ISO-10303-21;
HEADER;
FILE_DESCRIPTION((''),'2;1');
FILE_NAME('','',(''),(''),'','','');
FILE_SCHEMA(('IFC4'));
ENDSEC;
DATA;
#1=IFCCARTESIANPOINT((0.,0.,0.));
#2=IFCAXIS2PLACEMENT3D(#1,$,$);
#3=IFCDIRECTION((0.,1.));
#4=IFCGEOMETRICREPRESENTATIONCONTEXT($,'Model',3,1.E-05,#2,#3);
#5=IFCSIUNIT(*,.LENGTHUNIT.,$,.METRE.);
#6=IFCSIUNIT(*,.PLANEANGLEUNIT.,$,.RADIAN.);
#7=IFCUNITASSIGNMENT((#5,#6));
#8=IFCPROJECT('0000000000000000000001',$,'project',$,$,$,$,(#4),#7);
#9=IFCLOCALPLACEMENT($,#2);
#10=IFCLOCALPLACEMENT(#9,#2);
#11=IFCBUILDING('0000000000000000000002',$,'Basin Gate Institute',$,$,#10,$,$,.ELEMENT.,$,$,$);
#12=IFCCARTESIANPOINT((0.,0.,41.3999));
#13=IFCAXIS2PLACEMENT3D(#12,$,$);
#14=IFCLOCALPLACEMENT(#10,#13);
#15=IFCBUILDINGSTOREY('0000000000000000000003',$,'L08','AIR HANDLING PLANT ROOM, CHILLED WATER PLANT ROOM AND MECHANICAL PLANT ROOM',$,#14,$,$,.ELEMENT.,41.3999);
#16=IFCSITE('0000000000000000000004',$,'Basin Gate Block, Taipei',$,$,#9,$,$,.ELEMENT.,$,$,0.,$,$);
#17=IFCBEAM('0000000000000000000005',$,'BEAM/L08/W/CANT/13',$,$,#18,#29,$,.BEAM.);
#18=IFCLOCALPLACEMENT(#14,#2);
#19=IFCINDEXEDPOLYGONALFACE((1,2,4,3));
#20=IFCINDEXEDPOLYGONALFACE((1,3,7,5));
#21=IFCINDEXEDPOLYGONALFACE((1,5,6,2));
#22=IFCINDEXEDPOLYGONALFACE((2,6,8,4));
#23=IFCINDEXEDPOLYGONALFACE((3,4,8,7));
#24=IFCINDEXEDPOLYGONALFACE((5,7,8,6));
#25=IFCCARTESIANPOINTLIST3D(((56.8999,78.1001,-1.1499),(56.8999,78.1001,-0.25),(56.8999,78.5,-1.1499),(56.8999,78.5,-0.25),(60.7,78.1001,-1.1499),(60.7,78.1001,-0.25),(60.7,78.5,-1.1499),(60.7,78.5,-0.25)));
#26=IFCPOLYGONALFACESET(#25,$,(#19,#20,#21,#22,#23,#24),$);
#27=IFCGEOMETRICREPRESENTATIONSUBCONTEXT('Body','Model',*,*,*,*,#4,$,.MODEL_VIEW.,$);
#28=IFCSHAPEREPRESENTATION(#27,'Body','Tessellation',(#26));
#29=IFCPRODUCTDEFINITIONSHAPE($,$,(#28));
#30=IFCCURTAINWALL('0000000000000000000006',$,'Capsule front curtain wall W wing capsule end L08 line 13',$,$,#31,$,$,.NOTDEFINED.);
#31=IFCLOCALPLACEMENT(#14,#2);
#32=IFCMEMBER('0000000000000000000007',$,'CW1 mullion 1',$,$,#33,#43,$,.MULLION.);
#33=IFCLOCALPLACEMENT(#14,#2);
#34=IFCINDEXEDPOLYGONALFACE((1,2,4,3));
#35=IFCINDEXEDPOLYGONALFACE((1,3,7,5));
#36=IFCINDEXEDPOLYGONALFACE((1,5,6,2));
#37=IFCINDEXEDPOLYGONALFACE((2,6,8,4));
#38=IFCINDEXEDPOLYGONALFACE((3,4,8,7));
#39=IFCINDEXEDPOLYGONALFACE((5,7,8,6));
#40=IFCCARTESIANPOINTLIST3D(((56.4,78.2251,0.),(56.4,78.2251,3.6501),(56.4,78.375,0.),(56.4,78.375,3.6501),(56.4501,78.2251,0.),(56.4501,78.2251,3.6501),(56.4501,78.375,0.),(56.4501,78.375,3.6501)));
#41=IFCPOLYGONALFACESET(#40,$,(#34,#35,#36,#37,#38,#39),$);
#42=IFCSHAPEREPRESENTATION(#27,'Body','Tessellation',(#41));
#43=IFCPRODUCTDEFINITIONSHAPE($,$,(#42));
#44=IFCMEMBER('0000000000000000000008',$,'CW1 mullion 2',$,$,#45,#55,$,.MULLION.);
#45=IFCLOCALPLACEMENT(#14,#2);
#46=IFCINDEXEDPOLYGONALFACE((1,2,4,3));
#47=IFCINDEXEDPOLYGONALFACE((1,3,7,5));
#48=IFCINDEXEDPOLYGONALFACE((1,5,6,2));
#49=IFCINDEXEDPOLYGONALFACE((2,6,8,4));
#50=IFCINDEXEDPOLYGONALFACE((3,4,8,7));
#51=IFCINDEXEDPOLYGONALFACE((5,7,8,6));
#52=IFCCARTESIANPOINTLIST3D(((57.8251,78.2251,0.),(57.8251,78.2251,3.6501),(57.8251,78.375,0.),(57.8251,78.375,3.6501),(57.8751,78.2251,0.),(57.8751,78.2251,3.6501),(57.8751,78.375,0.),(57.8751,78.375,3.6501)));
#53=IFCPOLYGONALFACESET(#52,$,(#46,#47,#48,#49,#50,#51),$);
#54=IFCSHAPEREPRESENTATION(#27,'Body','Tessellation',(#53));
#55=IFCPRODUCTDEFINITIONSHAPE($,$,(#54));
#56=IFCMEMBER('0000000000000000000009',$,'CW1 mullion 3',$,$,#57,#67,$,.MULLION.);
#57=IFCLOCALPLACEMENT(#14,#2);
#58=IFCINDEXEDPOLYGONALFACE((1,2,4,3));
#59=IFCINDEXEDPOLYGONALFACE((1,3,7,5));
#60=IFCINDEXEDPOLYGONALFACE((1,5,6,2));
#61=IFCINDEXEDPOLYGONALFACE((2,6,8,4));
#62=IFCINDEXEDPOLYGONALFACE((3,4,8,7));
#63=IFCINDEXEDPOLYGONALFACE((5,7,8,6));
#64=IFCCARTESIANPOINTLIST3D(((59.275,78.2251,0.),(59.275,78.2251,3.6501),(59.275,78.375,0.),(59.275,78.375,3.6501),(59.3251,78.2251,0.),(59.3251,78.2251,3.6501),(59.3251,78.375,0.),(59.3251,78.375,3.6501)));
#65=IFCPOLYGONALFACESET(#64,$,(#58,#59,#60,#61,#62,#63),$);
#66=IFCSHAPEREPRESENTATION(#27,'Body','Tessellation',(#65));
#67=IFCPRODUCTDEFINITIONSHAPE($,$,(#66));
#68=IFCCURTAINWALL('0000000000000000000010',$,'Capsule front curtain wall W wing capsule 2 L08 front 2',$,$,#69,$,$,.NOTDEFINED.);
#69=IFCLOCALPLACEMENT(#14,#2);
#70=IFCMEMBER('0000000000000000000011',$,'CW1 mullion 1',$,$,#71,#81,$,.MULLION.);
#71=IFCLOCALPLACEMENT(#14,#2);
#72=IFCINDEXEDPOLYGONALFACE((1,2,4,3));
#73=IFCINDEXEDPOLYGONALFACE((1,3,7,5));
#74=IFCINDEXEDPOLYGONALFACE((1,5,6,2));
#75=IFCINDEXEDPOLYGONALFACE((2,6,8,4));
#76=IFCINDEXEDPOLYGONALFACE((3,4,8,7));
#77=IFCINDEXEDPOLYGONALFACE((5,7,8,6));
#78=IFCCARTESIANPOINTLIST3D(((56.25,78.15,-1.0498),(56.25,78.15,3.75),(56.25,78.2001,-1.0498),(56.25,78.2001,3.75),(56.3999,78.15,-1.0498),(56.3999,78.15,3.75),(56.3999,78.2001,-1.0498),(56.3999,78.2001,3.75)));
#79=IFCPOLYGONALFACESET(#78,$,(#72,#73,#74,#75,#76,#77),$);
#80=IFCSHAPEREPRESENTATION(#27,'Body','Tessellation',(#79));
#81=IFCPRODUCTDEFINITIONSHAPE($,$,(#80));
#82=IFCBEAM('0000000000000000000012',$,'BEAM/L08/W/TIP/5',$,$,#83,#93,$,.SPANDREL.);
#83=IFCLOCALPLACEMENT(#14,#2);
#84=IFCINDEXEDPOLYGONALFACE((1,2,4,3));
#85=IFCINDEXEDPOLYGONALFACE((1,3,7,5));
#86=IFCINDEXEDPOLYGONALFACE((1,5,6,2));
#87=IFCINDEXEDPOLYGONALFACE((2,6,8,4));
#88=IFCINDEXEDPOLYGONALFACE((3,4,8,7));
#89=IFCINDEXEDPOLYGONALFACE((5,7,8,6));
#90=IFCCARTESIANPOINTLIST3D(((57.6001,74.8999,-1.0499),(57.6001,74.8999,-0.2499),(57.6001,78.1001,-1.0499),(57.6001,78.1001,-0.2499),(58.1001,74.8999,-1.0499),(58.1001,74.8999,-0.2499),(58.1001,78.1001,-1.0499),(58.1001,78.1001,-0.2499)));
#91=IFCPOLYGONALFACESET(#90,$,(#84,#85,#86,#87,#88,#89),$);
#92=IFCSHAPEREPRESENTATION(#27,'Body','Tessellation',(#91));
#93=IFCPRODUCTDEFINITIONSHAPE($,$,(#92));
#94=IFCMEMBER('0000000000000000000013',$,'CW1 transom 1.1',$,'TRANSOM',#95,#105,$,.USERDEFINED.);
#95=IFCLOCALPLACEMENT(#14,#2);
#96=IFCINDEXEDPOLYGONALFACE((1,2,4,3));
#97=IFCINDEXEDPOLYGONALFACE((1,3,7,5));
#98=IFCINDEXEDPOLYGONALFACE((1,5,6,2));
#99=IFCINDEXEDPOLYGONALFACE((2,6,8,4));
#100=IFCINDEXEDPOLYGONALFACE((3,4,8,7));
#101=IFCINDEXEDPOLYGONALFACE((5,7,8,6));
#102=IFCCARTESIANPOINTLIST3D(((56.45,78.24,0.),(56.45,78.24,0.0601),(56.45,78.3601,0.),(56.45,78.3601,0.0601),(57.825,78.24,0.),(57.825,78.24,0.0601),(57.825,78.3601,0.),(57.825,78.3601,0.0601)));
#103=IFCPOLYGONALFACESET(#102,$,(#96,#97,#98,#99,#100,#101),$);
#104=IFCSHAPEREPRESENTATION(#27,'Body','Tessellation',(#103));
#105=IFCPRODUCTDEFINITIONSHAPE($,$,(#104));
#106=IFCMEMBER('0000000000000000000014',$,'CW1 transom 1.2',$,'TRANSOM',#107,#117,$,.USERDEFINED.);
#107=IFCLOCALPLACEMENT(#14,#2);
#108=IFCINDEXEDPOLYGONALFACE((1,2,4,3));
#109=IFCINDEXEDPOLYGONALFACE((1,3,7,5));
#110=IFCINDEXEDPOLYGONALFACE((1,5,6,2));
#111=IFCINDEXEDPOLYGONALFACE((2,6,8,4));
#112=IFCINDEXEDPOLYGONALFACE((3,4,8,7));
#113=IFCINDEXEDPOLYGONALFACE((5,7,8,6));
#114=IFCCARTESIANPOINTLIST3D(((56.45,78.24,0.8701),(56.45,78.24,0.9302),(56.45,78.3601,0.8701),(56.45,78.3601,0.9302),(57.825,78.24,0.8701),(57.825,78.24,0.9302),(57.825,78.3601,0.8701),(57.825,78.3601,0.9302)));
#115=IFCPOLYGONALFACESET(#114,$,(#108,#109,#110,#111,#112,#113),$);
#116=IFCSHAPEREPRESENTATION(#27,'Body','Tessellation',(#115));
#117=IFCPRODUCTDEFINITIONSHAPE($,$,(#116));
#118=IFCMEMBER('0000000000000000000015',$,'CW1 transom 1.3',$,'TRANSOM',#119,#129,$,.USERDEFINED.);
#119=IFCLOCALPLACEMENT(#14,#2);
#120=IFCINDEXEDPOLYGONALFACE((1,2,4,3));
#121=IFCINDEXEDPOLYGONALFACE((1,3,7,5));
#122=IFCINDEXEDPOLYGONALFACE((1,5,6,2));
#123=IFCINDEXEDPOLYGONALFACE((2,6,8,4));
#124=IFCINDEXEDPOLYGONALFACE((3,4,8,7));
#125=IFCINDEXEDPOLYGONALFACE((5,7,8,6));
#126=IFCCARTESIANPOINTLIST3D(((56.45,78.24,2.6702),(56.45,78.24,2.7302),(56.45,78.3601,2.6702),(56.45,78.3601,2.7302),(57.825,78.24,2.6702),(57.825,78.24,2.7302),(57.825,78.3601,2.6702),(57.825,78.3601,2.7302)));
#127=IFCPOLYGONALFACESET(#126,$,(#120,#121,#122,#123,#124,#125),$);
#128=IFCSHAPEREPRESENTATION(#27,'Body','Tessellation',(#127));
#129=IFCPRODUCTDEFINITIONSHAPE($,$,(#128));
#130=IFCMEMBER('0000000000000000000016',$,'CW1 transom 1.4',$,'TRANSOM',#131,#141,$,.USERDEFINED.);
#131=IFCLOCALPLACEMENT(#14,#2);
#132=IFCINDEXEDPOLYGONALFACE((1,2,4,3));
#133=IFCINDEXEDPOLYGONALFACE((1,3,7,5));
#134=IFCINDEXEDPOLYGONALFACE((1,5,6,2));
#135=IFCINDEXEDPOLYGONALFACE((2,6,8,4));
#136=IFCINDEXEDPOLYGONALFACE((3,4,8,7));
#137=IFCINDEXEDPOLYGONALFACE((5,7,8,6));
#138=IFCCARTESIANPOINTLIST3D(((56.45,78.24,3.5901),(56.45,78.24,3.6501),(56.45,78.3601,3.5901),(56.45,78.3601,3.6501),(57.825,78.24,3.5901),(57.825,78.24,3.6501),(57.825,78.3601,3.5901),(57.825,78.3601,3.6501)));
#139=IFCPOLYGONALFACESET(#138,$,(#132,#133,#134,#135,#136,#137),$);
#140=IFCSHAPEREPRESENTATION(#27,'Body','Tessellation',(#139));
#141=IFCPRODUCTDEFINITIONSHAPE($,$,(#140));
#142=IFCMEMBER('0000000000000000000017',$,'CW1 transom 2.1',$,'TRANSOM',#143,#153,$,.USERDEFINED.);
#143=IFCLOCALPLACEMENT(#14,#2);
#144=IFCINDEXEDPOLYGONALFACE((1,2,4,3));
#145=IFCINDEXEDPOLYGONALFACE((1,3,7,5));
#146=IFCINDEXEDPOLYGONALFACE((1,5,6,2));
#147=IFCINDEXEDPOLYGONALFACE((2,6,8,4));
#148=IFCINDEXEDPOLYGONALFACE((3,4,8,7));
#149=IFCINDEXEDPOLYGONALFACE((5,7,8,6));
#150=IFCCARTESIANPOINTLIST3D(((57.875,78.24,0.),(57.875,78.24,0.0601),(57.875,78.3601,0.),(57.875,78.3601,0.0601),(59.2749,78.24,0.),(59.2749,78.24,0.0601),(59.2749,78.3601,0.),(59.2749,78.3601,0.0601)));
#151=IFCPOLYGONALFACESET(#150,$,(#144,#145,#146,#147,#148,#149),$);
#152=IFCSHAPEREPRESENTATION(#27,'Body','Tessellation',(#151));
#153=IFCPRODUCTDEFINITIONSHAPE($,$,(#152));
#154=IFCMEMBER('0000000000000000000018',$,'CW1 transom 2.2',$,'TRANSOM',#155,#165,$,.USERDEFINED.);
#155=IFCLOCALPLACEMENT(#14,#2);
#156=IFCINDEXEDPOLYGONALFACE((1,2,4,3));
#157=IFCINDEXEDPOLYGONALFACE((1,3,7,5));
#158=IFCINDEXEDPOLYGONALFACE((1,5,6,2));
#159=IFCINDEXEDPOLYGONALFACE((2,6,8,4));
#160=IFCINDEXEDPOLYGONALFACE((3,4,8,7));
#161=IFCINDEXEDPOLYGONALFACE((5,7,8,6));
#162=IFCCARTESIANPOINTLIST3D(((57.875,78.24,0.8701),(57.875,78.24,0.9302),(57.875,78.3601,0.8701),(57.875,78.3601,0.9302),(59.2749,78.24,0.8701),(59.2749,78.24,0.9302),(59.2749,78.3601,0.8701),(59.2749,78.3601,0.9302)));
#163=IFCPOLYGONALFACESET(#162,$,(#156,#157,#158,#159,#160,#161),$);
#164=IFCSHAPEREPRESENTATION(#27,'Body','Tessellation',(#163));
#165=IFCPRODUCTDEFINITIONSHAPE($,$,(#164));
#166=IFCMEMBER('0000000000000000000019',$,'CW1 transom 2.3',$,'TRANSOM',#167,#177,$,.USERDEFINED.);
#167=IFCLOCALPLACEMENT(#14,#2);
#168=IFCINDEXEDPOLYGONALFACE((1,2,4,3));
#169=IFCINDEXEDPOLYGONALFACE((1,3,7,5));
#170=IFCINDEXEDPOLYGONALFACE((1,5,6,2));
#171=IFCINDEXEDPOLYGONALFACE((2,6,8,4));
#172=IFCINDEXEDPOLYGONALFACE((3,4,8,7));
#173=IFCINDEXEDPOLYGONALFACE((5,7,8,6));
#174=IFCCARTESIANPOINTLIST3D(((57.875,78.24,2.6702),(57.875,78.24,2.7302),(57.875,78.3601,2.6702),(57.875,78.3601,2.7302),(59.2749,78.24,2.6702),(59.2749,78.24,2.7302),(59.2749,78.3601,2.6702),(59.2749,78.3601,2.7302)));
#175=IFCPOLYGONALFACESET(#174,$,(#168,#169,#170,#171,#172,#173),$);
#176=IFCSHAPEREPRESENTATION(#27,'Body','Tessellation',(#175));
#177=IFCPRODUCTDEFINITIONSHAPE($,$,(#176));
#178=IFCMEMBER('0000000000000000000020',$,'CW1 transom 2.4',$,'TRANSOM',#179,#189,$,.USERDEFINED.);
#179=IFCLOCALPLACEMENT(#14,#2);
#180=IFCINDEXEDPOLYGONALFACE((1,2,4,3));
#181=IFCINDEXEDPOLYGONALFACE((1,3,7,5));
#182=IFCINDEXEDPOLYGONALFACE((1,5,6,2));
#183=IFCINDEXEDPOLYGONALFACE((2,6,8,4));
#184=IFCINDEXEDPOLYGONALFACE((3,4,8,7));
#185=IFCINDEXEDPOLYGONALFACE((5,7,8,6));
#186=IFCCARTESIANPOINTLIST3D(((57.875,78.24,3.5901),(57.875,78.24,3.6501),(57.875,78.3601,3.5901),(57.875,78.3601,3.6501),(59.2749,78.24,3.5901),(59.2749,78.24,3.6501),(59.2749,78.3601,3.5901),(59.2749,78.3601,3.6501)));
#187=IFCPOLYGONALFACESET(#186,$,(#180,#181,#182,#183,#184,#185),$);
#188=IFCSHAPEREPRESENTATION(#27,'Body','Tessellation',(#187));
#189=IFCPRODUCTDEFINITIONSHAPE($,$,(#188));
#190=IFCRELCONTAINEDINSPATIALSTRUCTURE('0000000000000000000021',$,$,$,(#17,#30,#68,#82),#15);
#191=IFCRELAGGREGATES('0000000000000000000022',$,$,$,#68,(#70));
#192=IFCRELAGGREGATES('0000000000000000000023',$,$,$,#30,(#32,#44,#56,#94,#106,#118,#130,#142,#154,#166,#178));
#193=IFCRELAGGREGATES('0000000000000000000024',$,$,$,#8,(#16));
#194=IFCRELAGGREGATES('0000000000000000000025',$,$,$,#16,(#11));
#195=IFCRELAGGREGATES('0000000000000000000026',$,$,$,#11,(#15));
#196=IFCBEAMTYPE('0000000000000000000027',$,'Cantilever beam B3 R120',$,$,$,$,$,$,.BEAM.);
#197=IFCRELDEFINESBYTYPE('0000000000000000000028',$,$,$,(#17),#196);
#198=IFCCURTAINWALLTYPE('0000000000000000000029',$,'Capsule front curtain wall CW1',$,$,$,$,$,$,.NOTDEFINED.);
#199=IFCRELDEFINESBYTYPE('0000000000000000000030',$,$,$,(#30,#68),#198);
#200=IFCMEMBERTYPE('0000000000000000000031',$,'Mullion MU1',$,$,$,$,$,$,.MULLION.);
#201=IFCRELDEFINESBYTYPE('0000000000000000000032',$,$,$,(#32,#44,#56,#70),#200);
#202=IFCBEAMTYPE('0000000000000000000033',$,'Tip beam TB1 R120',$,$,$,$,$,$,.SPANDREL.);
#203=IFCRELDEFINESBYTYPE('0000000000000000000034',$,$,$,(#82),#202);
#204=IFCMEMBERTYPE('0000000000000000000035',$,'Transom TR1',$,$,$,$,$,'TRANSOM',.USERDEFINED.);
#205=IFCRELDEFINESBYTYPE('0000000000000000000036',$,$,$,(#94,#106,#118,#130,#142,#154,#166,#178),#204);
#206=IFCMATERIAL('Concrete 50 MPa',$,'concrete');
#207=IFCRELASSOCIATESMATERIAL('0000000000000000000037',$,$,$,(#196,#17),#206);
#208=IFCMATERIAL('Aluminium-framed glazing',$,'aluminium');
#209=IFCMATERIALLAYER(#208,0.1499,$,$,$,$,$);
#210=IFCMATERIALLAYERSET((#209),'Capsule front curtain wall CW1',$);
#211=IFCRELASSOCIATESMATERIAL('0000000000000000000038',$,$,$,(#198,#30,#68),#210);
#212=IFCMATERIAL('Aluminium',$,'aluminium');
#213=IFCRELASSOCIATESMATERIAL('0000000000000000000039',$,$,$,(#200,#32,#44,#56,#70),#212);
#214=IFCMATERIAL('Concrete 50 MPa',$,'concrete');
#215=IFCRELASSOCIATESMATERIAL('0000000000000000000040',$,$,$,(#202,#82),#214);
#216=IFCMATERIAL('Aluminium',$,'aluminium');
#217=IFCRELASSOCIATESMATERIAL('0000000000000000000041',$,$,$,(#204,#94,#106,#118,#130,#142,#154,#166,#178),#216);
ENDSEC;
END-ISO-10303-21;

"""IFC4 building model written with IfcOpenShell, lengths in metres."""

from ifc_helpers import new_model, si_unit, direction, frame, origin, origin_2d, place, context, subcontext, project, spatial, rectangle, extrude, material, layer, layer_set, material_profile, profile_set, type_object, element, aggregate, save


model = new_model("IFC4")

# Units and contexts
model_context = context("Model", 3, precision=1e-05, world=origin(), true_north=direction((0.0, 1.0)))
body_context = subcontext(model_context, "Body", "Model", "MODEL_VIEW")
ifc_project = project(units=[si_unit("LENGTHUNIT", "METRE"), si_unit("PLANEANGLEUNIT", "RADIAN")], contexts=[model_context])

# Site, building, storey
site_placement = place(None, origin())
site = spatial("IfcSite", under=ifc_project, at=site_placement, Name="Basin Gate Block, Taipei", CompositionType="ELEMENT", RefElevation=0.0)
building_placement = place(site_placement, origin())
building = spatial("IfcBuilding", under=site, at=building_placement, Name="Basin Gate Institute", CompositionType="ELEMENT")
storey_placement = place(building_placement, frame((0.0, 0.0, 41.3999)))
storey = spatial("IfcBuildingStorey", under=building, at=storey_placement, Name="L08", Description="AIR HANDLING PLANT ROOM, CHILLED WATER PLANT ROOM AND MECHANICAL PLANT ROOM", CompositionType="ELEMENT", Elevation=41.3999)

# Beam
ifc_material_1 = material(Name="Concrete 50 MPa", Category="concrete")
ifc_material_profile_1 = material_profile(ifc_material_1, rectangle(XDim=0.3999, YDim=0.8999, at=origin_2d()), Name="Cantilever beam B3 400 x 900")
ifc_profile_set_1 = profile_set([ifc_material_profile_1], Name="Concrete 50 MPa")
beam_type_1 = type_object("IfcBeamType", Name="Cantilever beam B3 R120", PredefinedType="BEAM", material=ifc_profile_set_1)
beam_1_placement = place(storey_placement, frame((56.8999, 78.3, -0.7), z_axis=(1.0, 0.0, 0.0), x_axis=(0.0, 1.0, 0.0)))
element("IfcBeam", 1, at=beam_1_placement, inside=storey, type_object=beam_type_1, material=ifc_profile_set_1, Name="BEAM/L08/W/CANT/13", PredefinedType="BEAM", context=body_context, shape_type="SweptSolid", body=[
    extrude(rectangle(XDim=0.3999, YDim=0.8999, at=origin_2d()), origin(), (0.0, 0.0, 1.0), 3.8),
])

# Curtain wall, members
ifc_material_2 = material(Name="Aluminium-framed glazing", Category="aluminium")
ifc_layer_1 = layer(ifc_material_2, 0.1499)
ifc_layer_set_1 = layer_set([ifc_layer_1], Name="Capsule front curtain wall CW1")
curtain_wall_type = type_object("IfcCurtainWallType", Name="Capsule front curtain wall CW1", PredefinedType="NOTDEFINED", material=ifc_layer_set_1)
curtain_wall_1_placement = place(storey_placement, origin())
curtain_wall_1 = element("IfcCurtainWall", 2, at=curtain_wall_1_placement, inside=storey, type_object=curtain_wall_type, material=ifc_layer_set_1, Name="Capsule front curtain wall W wing capsule end L08 line 13", PredefinedType="NOTDEFINED")
ifc_material_3 = material(Name="Aluminium", Category="aluminium")
ifc_material_profile_2 = material_profile(ifc_material_3, rectangle(XDim=0.1499, YDim=0.05, at=origin_2d()), Name="Mullion MU1 150 x 50")
ifc_profile_set_2 = profile_set([ifc_material_profile_2], Name="Aluminium")
member_type_1 = type_object("IfcMemberType", Name="Mullion MU1", PredefinedType="MULLION", material=ifc_profile_set_2)
member_1_placement = place(storey_placement, frame((56.425, 78.3, 0.0), z_axis=(0.0, 0.0, 1.0), x_axis=(0.0, 1.0, 0.0)))
member_1 = element("IfcMember", 3, at=member_1_placement, type_object=member_type_1, material=ifc_profile_set_2, Name="CW1 mullion 1", PredefinedType="MULLION", context=body_context, shape_type="SweptSolid", body=[
    extrude(rectangle(XDim=0.1499, YDim=0.05, at=origin_2d()), origin(), (0.0, 0.0, 1.0), 3.6501),
])
member_2_placement = place(storey_placement, frame((57.8501, 78.3, 0.0), z_axis=(0.0, 0.0, 1.0), x_axis=(0.0, 1.0, 0.0)))
member_2 = element("IfcMember", 4, at=member_2_placement, type_object=member_type_1, material=ifc_profile_set_2, Name="CW1 mullion 2", PredefinedType="MULLION", context=body_context, shape_type="SweptSolid", body=[
    extrude(rectangle(XDim=0.1499, YDim=0.05, at=origin_2d()), origin(), (0.0, 0.0, 1.0), 3.6501),
])
member_3_placement = place(storey_placement, frame((59.3, 78.3, 0.0), z_axis=(0.0, 0.0, 1.0), x_axis=(0.0, 1.0, 0.0)))
member_3 = element("IfcMember", 5, at=member_3_placement, type_object=member_type_1, material=ifc_profile_set_2, Name="CW1 mullion 3", PredefinedType="MULLION", context=body_context, shape_type="SweptSolid", body=[
    extrude(rectangle(XDim=0.1499, YDim=0.05, at=origin_2d()), origin(), (0.0, 0.0, 1.0), 3.6501),
])

# Curtain wall, member
curtain_wall_2_placement = place(storey_placement, origin())
curtain_wall_2 = element("IfcCurtainWall", 6, at=curtain_wall_2_placement, inside=storey, type_object=curtain_wall_type, material=ifc_layer_set_1, Name="Capsule front curtain wall W wing capsule 2 L08 front 2", PredefinedType="NOTDEFINED")
member_4_placement = place(storey_placement, frame((56.325, 78.175, -1.0498), z_axis=(0.0, 0.0, 1.0), x_axis=(-1.0, 0.0, 0.0)))
member_4 = element("IfcMember", 7, at=member_4_placement, type_object=member_type_1, material=ifc_profile_set_2, Name="CW1 mullion 1", PredefinedType="MULLION", context=body_context, shape_type="SweptSolid", body=[
    extrude(rectangle(XDim=0.1499, YDim=0.05, at=origin_2d()), origin(), (0.0, 0.0, 1.0), 4.7998),
])

# Beam
ifc_material_4 = material(Name="Concrete 50 MPa", Category="concrete")
ifc_material_profile_3 = material_profile(ifc_material_4, rectangle(XDim=0.5, YDim=0.8, at=origin_2d()), Name="Tip beam TB1 500 x 800")
ifc_profile_set_3 = profile_set([ifc_material_profile_3], Name="Concrete 50 MPa")
beam_type_2 = type_object("IfcBeamType", Name="Tip beam TB1 R120", PredefinedType="SPANDREL", material=ifc_profile_set_3)
beam_2_placement = place(storey_placement, frame((57.8501, 74.8999, -0.6499), z_axis=(0.0, 1.0, 0.0), x_axis=(-1.0, 0.0, 0.0)))
element("IfcBeam", 8, at=beam_2_placement, inside=storey, type_object=beam_type_2, material=ifc_profile_set_3, Name="BEAM/L08/W/TIP/5", PredefinedType="SPANDREL", context=body_context, shape_type="SweptSolid", body=[
    extrude(rectangle(XDim=0.5, YDim=0.8, at=origin_2d()), origin(), (0.0, 0.0, 1.0), 3.2002),
])

# Members
ifc_material_5 = material(Name="Aluminium", Category="aluminium")
ifc_material_profile_4 = material_profile(ifc_material_5, rectangle(XDim=0.1201, YDim=0.0601, at=origin_2d()), Name="Transom TR1 120 x 60")
ifc_profile_set_4 = profile_set([ifc_material_profile_4], Name="Aluminium")
member_type_2 = type_object("IfcMemberType", Name="Transom TR1", ElementType="TRANSOM", PredefinedType="USERDEFINED", material=ifc_profile_set_4)
member_5_placement = place(storey_placement, frame((56.45, 78.3, 0.03), z_axis=(1.0, 0.0, 0.0), x_axis=(0.0, 1.0, 0.0)))
member_5 = element("IfcMember", 9, at=member_5_placement, type_object=member_type_2, material=ifc_profile_set_4, Name="CW1 transom 1.1", ObjectType="TRANSOM", PredefinedType="USERDEFINED", context=body_context, shape_type="SweptSolid", body=[
    extrude(rectangle(XDim=0.1201, YDim=0.0601, at=origin_2d()), origin(), (0.0, 0.0, 1.0), 1.375),
])
member_6_placement = place(storey_placement, frame((56.45, 78.3, 0.9001), z_axis=(1.0, 0.0, 0.0), x_axis=(0.0, 1.0, 0.0)))
member_6 = element("IfcMember", 10, at=member_6_placement, type_object=member_type_2, material=ifc_profile_set_4, Name="CW1 transom 1.2", ObjectType="TRANSOM", PredefinedType="USERDEFINED", context=body_context, shape_type="SweptSolid", body=[
    extrude(rectangle(XDim=0.1201, YDim=0.0601, at=origin_2d()), origin(), (0.0, 0.0, 1.0), 1.375),
])
member_7_placement = place(storey_placement, frame((56.45, 78.3, 2.7002), z_axis=(1.0, 0.0, 0.0), x_axis=(0.0, 1.0, 0.0)))
member_7 = element("IfcMember", 11, at=member_7_placement, type_object=member_type_2, material=ifc_profile_set_4, Name="CW1 transom 1.3", ObjectType="TRANSOM", PredefinedType="USERDEFINED", context=body_context, shape_type="SweptSolid", body=[
    extrude(rectangle(XDim=0.1201, YDim=0.0601, at=origin_2d()), origin(), (0.0, 0.0, 1.0), 1.375),
])
member_8_placement = place(storey_placement, frame((56.45, 78.3, 3.6201), z_axis=(1.0, 0.0, 0.0), x_axis=(0.0, 1.0, 0.0)))
member_8 = element("IfcMember", 12, at=member_8_placement, type_object=member_type_2, material=ifc_profile_set_4, Name="CW1 transom 1.4", ObjectType="TRANSOM", PredefinedType="USERDEFINED", context=body_context, shape_type="SweptSolid", body=[
    extrude(rectangle(XDim=0.1201, YDim=0.0601, at=origin_2d()), origin(), (0.0, 0.0, 1.0), 1.375),
])
member_9_placement = place(storey_placement, frame((57.875, 78.3, 0.03), z_axis=(1.0, 0.0, 0.0), x_axis=(0.0, 1.0, 0.0)))
member_9 = element("IfcMember", 13, at=member_9_placement, type_object=member_type_2, material=ifc_profile_set_4, Name="CW1 transom 2.1", ObjectType="TRANSOM", PredefinedType="USERDEFINED", context=body_context, shape_type="SweptSolid", body=[
    extrude(rectangle(XDim=0.1201, YDim=0.0601, at=origin_2d()), origin(), (0.0, 0.0, 1.0), 1.3999),
])
member_10_placement = place(storey_placement, frame((57.875, 78.3, 0.9001), z_axis=(1.0, 0.0, 0.0), x_axis=(0.0, 1.0, 0.0)))
member_10 = element("IfcMember", 14, at=member_10_placement, type_object=member_type_2, material=ifc_profile_set_4, Name="CW1 transom 2.2", ObjectType="TRANSOM", PredefinedType="USERDEFINED", context=body_context, shape_type="SweptSolid", body=[
    extrude(rectangle(XDim=0.1201, YDim=0.0601, at=origin_2d()), origin(), (0.0, 0.0, 1.0), 1.3999),
])
member_11_placement = place(storey_placement, frame((57.875, 78.3, 2.7002), z_axis=(1.0, 0.0, 0.0), x_axis=(0.0, 1.0, 0.0)))
member_11 = element("IfcMember", 15, at=member_11_placement, type_object=member_type_2, material=ifc_profile_set_4, Name="CW1 transom 2.3", ObjectType="TRANSOM", PredefinedType="USERDEFINED", context=body_context, shape_type="SweptSolid", body=[
    extrude(rectangle(XDim=0.1201, YDim=0.0601, at=origin_2d()), origin(), (0.0, 0.0, 1.0), 1.3999),
])
member_12_placement = place(storey_placement, frame((57.875, 78.3, 3.6201), z_axis=(1.0, 0.0, 0.0), x_axis=(0.0, 1.0, 0.0)))
member_12 = element("IfcMember", 16, at=member_12_placement, type_object=member_type_2, material=ifc_profile_set_4, Name="CW1 transom 2.4", ObjectType="TRANSOM", PredefinedType="USERDEFINED", context=body_context, shape_type="SweptSolid", body=[
    extrude(rectangle(XDim=0.1201, YDim=0.0601, at=origin_2d()), origin(), (0.0, 0.0, 1.0), 1.3999),
])
aggregate(curtain_wall_2, [member_4])

aggregate(curtain_wall_1, [member_1, member_2, member_3, member_5, member_6, member_7, member_8, member_9, member_10, member_11, member_12])

save(model, "model.ifc")
